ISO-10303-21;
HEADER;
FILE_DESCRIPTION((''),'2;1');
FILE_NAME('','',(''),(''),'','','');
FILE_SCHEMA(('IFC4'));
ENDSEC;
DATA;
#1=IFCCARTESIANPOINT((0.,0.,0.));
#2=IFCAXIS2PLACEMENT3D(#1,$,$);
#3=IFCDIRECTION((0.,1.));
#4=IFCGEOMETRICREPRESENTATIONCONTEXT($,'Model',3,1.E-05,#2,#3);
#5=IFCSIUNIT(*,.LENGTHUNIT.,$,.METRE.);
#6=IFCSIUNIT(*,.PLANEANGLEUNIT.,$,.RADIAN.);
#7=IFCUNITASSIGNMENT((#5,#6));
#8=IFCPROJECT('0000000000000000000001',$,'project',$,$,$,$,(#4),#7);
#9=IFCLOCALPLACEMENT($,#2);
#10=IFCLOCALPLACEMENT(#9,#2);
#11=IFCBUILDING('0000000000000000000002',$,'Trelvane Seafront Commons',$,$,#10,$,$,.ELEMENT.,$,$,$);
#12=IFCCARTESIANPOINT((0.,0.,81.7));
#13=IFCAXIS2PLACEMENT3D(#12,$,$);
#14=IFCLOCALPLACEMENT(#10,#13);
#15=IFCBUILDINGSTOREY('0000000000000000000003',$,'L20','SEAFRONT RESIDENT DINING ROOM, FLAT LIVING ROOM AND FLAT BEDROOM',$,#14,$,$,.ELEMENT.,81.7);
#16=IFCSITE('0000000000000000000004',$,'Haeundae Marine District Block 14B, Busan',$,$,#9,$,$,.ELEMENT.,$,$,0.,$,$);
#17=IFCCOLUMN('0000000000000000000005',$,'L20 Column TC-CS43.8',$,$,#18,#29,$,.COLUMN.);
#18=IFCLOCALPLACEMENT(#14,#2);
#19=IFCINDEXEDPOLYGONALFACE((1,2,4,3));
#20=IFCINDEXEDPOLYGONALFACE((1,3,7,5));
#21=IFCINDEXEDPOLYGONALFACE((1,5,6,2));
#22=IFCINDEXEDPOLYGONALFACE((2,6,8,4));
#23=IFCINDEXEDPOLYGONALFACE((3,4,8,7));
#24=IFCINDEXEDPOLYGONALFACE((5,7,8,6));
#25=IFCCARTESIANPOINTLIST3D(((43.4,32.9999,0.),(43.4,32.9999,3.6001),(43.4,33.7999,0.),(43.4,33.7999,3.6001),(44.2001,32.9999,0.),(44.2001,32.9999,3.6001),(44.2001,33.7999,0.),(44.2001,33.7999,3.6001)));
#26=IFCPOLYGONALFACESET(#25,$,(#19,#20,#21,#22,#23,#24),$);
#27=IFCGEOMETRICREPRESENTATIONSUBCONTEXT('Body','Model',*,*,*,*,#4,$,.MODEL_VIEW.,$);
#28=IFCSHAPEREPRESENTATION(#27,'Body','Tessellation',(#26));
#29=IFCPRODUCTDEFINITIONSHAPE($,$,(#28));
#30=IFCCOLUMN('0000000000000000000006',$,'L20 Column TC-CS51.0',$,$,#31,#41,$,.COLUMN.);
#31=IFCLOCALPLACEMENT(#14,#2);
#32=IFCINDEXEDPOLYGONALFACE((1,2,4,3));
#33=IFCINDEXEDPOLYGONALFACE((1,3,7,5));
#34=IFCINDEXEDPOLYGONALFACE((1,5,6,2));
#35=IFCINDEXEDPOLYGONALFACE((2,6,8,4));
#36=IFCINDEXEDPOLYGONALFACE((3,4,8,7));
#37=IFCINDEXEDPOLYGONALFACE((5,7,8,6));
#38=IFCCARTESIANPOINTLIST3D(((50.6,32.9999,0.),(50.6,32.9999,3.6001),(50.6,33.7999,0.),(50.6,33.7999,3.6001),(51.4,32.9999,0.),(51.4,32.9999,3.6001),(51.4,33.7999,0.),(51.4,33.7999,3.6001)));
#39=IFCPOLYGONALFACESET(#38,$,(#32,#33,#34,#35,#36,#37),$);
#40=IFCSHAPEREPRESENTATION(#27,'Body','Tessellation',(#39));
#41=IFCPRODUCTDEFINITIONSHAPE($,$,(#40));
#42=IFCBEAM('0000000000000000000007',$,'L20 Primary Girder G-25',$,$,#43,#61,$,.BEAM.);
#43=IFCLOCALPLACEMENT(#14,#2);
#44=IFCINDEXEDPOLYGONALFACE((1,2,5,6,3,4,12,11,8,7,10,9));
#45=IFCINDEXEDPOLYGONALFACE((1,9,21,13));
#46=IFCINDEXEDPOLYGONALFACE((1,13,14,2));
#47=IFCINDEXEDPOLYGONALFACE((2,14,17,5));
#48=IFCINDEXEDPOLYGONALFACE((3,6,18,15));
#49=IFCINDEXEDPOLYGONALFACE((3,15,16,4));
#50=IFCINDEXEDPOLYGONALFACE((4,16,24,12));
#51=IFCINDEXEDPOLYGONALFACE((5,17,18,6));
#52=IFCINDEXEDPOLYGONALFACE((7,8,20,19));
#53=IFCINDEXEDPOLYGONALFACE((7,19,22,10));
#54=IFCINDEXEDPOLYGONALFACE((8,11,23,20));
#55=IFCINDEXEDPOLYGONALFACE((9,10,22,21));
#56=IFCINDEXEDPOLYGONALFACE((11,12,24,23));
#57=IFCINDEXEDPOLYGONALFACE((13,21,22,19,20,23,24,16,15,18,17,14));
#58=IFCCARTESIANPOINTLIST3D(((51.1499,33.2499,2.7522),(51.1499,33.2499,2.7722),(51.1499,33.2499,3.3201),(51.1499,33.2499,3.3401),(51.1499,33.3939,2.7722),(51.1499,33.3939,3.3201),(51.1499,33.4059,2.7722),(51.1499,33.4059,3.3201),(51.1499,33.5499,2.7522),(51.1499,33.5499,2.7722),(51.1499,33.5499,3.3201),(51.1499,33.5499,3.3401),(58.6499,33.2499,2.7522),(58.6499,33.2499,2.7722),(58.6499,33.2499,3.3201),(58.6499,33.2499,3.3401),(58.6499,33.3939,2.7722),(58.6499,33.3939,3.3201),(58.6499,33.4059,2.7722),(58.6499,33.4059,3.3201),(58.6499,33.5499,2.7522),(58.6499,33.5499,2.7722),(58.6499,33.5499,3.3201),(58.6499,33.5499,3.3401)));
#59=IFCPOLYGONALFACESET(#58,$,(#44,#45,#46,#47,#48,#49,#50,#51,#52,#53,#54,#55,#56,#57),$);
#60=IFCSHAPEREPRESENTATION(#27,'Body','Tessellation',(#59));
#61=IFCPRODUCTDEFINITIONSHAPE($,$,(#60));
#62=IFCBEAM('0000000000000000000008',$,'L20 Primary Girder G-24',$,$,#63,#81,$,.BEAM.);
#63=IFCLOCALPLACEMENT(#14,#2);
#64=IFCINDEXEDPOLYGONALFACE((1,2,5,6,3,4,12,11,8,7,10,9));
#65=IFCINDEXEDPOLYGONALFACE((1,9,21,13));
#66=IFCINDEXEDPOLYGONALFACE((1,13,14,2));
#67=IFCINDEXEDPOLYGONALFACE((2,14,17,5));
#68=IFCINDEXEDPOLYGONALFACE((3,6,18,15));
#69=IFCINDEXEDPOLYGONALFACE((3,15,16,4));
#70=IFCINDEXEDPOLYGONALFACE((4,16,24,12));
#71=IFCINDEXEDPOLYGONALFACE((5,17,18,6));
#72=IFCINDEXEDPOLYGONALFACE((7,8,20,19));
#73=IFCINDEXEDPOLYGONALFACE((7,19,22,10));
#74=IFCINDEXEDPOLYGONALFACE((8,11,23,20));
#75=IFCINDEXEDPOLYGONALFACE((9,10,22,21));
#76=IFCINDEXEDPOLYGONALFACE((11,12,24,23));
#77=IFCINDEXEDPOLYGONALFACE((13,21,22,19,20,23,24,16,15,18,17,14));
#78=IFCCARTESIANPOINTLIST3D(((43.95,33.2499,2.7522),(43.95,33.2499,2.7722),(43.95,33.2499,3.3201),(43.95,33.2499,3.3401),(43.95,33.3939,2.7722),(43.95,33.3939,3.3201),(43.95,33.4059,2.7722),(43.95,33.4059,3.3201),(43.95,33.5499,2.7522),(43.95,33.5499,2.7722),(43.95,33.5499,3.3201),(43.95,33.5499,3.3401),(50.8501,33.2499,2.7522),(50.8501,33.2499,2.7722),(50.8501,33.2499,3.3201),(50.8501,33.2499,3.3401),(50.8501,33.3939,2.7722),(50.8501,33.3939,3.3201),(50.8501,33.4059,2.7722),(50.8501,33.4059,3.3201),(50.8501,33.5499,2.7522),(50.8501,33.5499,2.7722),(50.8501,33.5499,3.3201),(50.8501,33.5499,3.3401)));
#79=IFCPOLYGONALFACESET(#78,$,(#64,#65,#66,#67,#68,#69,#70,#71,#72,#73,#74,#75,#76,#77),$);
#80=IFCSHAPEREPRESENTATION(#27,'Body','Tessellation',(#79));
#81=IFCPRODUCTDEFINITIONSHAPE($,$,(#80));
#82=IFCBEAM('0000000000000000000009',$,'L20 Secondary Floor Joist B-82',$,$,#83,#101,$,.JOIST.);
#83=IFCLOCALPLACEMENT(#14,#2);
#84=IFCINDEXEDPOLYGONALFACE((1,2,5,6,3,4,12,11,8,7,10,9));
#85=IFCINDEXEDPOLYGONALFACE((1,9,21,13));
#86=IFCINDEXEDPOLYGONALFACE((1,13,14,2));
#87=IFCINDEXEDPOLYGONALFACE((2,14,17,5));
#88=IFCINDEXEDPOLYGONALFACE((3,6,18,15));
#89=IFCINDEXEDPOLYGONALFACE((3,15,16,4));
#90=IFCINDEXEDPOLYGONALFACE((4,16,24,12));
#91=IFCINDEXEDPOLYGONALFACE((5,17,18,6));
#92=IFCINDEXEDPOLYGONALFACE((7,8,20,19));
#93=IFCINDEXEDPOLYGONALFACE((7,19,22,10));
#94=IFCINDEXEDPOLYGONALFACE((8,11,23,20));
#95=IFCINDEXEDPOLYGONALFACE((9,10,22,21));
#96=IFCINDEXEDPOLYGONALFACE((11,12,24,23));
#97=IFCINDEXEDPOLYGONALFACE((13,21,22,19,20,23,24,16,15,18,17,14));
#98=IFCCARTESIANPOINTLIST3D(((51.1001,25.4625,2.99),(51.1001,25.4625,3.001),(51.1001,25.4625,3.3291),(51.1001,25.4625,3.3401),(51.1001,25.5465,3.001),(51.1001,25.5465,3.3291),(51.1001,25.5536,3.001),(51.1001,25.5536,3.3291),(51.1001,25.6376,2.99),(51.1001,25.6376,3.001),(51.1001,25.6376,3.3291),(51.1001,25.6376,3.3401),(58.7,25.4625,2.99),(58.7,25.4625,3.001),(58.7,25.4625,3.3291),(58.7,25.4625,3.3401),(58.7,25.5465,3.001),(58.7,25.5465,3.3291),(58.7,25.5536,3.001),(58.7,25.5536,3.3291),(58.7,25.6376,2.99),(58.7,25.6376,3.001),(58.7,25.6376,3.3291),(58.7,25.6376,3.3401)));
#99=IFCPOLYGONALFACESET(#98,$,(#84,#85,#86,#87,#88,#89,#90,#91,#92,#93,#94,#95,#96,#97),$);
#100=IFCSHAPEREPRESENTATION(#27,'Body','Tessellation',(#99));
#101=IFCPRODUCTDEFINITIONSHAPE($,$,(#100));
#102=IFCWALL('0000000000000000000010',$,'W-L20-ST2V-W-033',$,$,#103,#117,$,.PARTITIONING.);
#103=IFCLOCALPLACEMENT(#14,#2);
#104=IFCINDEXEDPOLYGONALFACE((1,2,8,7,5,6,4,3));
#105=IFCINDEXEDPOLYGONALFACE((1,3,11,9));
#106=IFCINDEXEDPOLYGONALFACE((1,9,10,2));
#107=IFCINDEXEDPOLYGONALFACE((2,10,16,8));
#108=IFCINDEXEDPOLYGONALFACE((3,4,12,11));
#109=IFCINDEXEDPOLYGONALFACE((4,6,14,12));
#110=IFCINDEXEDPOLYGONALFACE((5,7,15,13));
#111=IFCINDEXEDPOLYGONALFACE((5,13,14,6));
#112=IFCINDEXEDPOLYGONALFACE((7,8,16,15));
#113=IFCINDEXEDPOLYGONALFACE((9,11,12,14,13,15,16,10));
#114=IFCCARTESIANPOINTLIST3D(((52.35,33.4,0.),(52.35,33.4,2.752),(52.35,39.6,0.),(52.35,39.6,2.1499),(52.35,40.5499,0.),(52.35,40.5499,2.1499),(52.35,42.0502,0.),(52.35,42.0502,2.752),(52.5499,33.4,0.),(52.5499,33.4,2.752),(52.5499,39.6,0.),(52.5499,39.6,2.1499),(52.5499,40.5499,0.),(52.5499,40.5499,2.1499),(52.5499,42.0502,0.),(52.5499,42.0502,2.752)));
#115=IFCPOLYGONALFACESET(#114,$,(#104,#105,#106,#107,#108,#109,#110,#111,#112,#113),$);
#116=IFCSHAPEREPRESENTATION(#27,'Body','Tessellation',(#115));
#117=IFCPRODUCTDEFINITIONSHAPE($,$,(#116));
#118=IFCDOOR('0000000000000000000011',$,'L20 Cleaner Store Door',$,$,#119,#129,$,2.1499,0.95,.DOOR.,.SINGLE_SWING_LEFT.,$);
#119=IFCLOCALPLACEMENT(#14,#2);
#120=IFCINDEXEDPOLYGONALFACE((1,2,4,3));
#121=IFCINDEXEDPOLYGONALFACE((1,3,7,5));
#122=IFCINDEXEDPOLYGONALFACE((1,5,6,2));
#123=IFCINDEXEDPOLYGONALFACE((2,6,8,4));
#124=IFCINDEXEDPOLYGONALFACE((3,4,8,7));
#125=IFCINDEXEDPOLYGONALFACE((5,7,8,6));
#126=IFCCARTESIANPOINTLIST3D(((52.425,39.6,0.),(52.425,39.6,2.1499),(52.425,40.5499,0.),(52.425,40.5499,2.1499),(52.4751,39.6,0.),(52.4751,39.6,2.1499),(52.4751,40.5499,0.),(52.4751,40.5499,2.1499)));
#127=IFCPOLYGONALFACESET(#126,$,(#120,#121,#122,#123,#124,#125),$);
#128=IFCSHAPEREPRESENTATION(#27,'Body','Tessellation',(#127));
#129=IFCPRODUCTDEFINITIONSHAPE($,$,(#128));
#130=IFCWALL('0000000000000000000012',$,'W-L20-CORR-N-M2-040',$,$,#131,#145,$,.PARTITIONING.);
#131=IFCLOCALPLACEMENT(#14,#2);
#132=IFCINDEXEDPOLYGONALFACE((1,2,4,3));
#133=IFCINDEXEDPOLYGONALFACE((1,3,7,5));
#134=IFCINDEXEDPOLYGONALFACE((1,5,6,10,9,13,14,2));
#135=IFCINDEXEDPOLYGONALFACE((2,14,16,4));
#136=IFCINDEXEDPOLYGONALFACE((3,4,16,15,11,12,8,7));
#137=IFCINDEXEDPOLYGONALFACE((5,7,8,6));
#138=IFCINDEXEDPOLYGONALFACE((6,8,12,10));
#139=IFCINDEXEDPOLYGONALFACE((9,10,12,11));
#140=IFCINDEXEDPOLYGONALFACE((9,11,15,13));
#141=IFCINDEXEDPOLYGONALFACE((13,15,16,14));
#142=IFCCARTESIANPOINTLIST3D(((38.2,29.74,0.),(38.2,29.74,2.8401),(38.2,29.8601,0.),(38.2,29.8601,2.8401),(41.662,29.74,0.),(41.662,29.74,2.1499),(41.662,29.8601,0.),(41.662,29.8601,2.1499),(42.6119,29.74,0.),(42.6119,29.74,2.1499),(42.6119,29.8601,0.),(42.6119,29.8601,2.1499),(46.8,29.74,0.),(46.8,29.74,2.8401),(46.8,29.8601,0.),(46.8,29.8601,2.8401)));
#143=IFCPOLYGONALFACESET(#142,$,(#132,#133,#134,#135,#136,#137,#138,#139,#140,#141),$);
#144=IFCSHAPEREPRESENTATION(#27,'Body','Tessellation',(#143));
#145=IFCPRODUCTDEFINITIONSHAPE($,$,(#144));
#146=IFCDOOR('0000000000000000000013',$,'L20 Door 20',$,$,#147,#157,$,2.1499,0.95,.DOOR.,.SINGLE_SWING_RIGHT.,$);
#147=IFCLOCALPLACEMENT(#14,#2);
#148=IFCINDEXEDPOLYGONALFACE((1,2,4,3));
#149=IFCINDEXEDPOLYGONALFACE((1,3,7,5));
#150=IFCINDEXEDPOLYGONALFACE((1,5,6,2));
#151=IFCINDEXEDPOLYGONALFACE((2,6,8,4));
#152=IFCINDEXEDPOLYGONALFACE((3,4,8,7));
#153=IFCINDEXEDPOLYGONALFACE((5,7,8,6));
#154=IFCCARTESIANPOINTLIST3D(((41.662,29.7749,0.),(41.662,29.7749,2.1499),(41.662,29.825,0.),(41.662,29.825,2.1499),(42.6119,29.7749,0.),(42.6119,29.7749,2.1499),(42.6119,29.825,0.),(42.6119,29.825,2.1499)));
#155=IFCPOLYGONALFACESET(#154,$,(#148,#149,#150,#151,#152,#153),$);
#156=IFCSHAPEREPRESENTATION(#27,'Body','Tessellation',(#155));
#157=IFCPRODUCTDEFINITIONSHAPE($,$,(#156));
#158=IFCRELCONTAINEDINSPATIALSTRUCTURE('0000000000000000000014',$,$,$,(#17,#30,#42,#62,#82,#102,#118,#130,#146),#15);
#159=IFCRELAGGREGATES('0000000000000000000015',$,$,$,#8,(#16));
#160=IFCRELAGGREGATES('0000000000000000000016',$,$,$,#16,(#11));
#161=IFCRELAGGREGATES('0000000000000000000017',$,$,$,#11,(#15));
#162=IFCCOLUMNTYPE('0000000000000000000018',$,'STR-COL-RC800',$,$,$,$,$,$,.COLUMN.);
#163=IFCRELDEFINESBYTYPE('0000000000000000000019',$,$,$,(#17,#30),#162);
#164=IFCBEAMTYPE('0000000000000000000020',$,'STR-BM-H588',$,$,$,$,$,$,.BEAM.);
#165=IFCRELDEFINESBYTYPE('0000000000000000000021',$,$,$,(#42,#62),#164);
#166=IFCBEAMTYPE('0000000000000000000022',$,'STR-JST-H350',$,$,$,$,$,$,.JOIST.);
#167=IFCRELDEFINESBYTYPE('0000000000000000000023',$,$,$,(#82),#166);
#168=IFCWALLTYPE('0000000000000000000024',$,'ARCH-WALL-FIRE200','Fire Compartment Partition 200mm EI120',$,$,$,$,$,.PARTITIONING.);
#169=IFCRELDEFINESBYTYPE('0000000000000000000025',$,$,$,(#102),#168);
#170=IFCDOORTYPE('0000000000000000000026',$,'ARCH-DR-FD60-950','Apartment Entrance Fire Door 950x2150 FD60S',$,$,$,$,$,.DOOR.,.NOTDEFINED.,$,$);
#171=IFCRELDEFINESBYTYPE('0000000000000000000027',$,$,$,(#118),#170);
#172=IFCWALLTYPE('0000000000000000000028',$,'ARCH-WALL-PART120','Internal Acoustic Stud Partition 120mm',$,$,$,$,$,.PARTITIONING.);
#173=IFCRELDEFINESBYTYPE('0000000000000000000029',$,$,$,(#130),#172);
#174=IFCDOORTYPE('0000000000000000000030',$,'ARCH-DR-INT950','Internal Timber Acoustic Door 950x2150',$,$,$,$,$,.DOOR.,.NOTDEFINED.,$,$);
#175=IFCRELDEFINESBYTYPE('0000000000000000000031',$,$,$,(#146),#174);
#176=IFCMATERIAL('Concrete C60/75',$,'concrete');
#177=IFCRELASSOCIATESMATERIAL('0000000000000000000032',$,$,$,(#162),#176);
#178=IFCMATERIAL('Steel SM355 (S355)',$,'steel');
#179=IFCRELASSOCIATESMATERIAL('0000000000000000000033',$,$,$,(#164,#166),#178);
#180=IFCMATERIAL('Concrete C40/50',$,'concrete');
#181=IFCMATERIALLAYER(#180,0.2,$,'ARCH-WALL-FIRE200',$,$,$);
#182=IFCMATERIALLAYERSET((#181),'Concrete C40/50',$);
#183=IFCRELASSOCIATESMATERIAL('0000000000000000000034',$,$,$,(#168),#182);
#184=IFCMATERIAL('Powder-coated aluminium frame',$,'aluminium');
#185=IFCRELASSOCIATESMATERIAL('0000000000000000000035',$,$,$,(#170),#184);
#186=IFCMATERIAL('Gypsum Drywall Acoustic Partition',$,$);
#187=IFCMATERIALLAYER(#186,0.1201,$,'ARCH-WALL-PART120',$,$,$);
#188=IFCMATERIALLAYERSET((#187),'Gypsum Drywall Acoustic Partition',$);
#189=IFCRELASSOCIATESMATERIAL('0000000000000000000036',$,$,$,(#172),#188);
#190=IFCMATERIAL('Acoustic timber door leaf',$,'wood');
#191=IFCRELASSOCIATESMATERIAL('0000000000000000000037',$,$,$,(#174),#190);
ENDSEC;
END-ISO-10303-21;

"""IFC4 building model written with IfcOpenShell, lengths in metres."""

from ifc_helpers import new_model, si_unit, direction, frame, frame_2d, origin, origin_2d, place, context, subcontext, project, spatial, rectangle, i_section, extrude, source, transform, mapped, material, layer, layer_set, material_profile, profile_set, type_object, element, fill, save


model = new_model("IFC4")

# Units and contexts
model_context = context("Model", 3, precision=1e-05, world=origin(), true_north=direction((0.0, 1.0)))
body_context = subcontext(model_context, "Body", "Model", "MODEL_VIEW")
ifc_project = project(units=[si_unit("LENGTHUNIT", "METRE"), si_unit("PLANEANGLEUNIT", "RADIAN")], contexts=[model_context])

# Site, building, storey
site_placement = place(None, origin())
site = spatial("IfcSite", under=ifc_project, at=site_placement, Name="Haeundae Marine District Block 14B, Busan", CompositionType="ELEMENT", RefElevation=0.0)
building_placement = place(site_placement, origin())
building = spatial("IfcBuilding", under=site, at=building_placement, Name="Trelvane Seafront Commons", CompositionType="ELEMENT")
storey_placement = place(building_placement, frame((0.0, 0.0, 81.7)))
storey = spatial("IfcBuildingStorey", under=building, at=storey_placement, Name="L20", Description="SEAFRONT RESIDENT DINING ROOM, FLAT LIVING ROOM AND FLAT BEDROOM", CompositionType="ELEMENT", Elevation=81.7)

# Columns
ifc_material_1 = material(Name="Concrete C60/75", Category="concrete")
ifc_material_profile_1 = material_profile(ifc_material_1, rectangle(XDim=0.8, YDim=0.8, at=origin_2d()), Name="RC-800x800")
ifc_profile_set_1 = profile_set([ifc_material_profile_1], Name="Concrete C60/75")
column_type = type_object("IfcColumnType", Name="STR-COL-RC800", PredefinedType="COLUMN", material=ifc_profile_set_1)
shared_shape_1 = source(origin(), body_context, "Body", "SweptSolid", [
    extrude(rectangle(XDim=0.8, YDim=0.8, at=origin_2d()), origin(), (0.0, 0.0, 1.0), 3.6001),
])
for number, where, z_axis, x_axis, name in (
    (1, (43.8, 33.3999, 0.0), (0.0, 0.0, 1.0), (1.0, 0.0, 0.0), "L20 Column TC-CS43.8"),
    (2, (51.0, 33.3999, 0.0), (0.0, 0.0, 1.0), (1.0, 0.0, 0.0), "L20 Column TC-CS51.0"),
):
    element("IfcColumn", number, at=place(storey_placement, frame(where, z_axis=z_axis, x_axis=x_axis)), inside=storey, type_object=column_type, Name=name, PredefinedType="COLUMN", context=body_context, shape_type="MappedRepresentation", body=[
        mapped(shared_shape_1, transform((0.0, 0.0, 0.0), x_axis=(1.0, 0.0, 0.0), y_axis=(0.0, 1.0, 0.0), z_axis=(0.0, 0.0, 1.0), scale=1.0)),
    ])

# Beams
ifc_material_2 = material(Name="Steel SM355 (S355)", Category="steel")
ifc_material_profile_2 = material_profile(ifc_material_2, i_section(OverallWidth=0.3, OverallDepth=0.5879, WebThickness=0.012, FlangeThickness=0.02, at=origin_2d()), Name="H-588x300x12x20")
ifc_profile_set_2 = profile_set([ifc_material_profile_2], Name="Steel SM355 (S355)")
beam_type_1 = type_object("IfcBeamType", Name="STR-BM-H588", PredefinedType="BEAM", material=ifc_profile_set_2)
shared_shape_2 = source(origin(), body_context, "Body", "SweptSolid", [
    extrude(i_section(OverallWidth=0.3, OverallDepth=0.5879, WebThickness=0.012, FlangeThickness=0.02, at=origin_2d()), origin(), (0.0, 0.0, 1.0), 7.5),
])
beam_1_placement = place(storey_placement, frame((51.1499, 33.3999, 3.0461), z_axis=(1.0, 0.0, 0.0), x_axis=(0.0, 1.0, 0.0)))
element("IfcBeam", 3, at=beam_1_placement, inside=storey, type_object=beam_type_1, Name="L20 Primary Girder G-25", PredefinedType="BEAM", context=body_context, shape_type="MappedRepresentation", body=[
    mapped(shared_shape_2, transform((0.0, 0.0, 0.0), x_axis=(1.0, 0.0, 0.0), y_axis=(0.0, 1.0, 0.0), z_axis=(0.0, 0.0, 1.0), scale=1.0)),
])
shared_shape_3 = source(origin(), body_context, "Body", "SweptSolid", [
    extrude(i_section(OverallWidth=0.3, OverallDepth=0.5879, WebThickness=0.012, FlangeThickness=0.02, at=origin_2d()), origin(), (0.0, 0.0, 1.0), 6.9001),
])
beam_2_placement = place(storey_placement, frame((43.95, 33.3999, 3.0461), z_axis=(1.0, 0.0, 0.0), x_axis=(0.0, 1.0, 0.0)))
element("IfcBeam", 4, at=beam_2_placement, inside=storey, type_object=beam_type_1, Name="L20 Primary Girder G-24", PredefinedType="BEAM", context=body_context, shape_type="MappedRepresentation", body=[
    mapped(shared_shape_3, transform((0.0, 0.0, 0.0), x_axis=(1.0, 0.0, 0.0), y_axis=(0.0, 1.0, 0.0), z_axis=(0.0, 0.0, 1.0), scale=1.0)),
])
ifc_material_profile_3 = material_profile(ifc_material_2, i_section(OverallWidth=0.175, OverallDepth=0.3501, WebThickness=0.0071, FlangeThickness=0.011, at=origin_2d()), Name="H-350x175x7x11")
ifc_profile_set_3 = profile_set([ifc_material_profile_3], Name="Steel SM355 (S355)")
beam_type_2 = type_object("IfcBeamType", Name="STR-JST-H350", PredefinedType="JOIST", material=ifc_profile_set_3)
shared_shape_4 = source(origin(), body_context, "Body", "SweptSolid", [
    extrude(i_section(OverallWidth=0.175, OverallDepth=0.3501, WebThickness=0.0071, FlangeThickness=0.011, at=origin_2d()), origin(), (0.0, 0.0, 1.0), 7.5999),
])
beam_3_placement = place(storey_placement, frame((51.1001, 25.55, 3.165), z_axis=(1.0, 0.0, 0.0), x_axis=(0.0, 1.0, 0.0)))
element("IfcBeam", 5, at=beam_3_placement, inside=storey, type_object=beam_type_2, Name="L20 Secondary Floor Joist B-82", PredefinedType="JOIST", context=body_context, shape_type="MappedRepresentation", body=[
    mapped(shared_shape_4, transform((0.0, 0.0, 0.0), x_axis=(1.0, 0.0, 0.0), y_axis=(0.0, 1.0, 0.0), z_axis=(0.0, 0.0, 1.0), scale=1.0)),
])

# Wall, opening, door
ifc_material_3 = material(Name="Concrete C40/50", Category="concrete")
ifc_layer_1 = layer(ifc_material_3, 0.2, Name="ARCH-WALL-FIRE200")
ifc_layer_set_1 = layer_set([ifc_layer_1], Name="Concrete C40/50")
wall_type_1 = type_object("IfcWallType", Name="ARCH-WALL-FIRE200", Description="Fire Compartment Partition 200mm EI120", PredefinedType="PARTITIONING", material=ifc_layer_set_1)
wall_1_placement = place(storey_placement, frame((52.45, 33.3999, 0.0), z_axis=(0.0, 0.0, 1.0), x_axis=(0.0, 1.0, 0.0)))
wall_1 = element("IfcWall", 6, at=wall_1_placement, inside=storey, type_object=wall_type_1, Name="W-L20-ST2V-W-033", PredefinedType="PARTITIONING", context=body_context, shape_type="SweptSolid", body=[
    extrude(rectangle(XDim=8.6501, YDim=0.2, at=frame_2d((4.3252, 0.0))), origin(), (0.0, 0.0, 1.0), 2.752),
])
opening_1_placement = place(wall_1_placement, frame((6.2, 0.0, 0.0)))
opening_1 = element("IfcOpeningElement", 7, at=opening_1_placement, cuts=wall_1, PredefinedType="OPENING", context=body_context, shape_type="SweptSolid", body=[
    extrude(rectangle(XDim=0.95, YDim=2.1499, at=frame_2d((0.4751, 1.075))), frame((0.0, 0.1099, 0.0), z_axis=(0.0, -1.0, 0.0), x_axis=(1.0, 0.0, 0.0)), (0.0, 0.0, 1.0), 0.22),
])
ifc_material_4 = material(Name="Powder-coated aluminium frame", Category="aluminium")
door_type_1 = type_object("IfcDoorType", Name="ARCH-DR-FD60-950", Description="Apartment Entrance Fire Door 950x2150 FD60S", OperationType="NOTDEFINED", PredefinedType="DOOR", material=ifc_material_4)
shared_shape_5 = source(origin(), body_context, "Body", "SweptSolid", [
    extrude(rectangle(XDim=0.95, YDim=2.1499, at=frame_2d((0.4751, 1.075))), frame((0.0, 0.0249, 0.0), z_axis=(0.0, -1.0, 0.0), x_axis=(1.0, 0.0, 0.0)), (0.0, 0.0, 1.0), 0.05),
])
door_1_placement = place(opening_1_placement, origin())
door_1 = element("IfcDoor", 8, at=door_1_placement, inside=storey, type_object=door_type_1, Name="L20 Cleaner Store Door", OperationType="SINGLE_SWING_LEFT", OverallHeight=2.1499, OverallWidth=0.95, PredefinedType="DOOR", context=body_context, shape_type="MappedRepresentation", body=[
    mapped(shared_shape_5, transform((0.0, 0.0, 0.0), x_axis=(1.0, 0.0, 0.0), y_axis=(0.0, 1.0, 0.0), z_axis=(0.0, 0.0, 1.0), scale=1.0)),
])
fill(opening_1, door_1)

# Wall, opening, door
ifc_material_5 = material(Name="Gypsum Drywall Acoustic Partition")
ifc_layer_2 = layer(ifc_material_5, 0.1201, Name="ARCH-WALL-PART120")
ifc_layer_set_2 = layer_set([ifc_layer_2], Name="Gypsum Drywall Acoustic Partition")
wall_type_2 = type_object("IfcWallType", Name="ARCH-WALL-PART120", Description="Internal Acoustic Stud Partition 120mm", PredefinedType="PARTITIONING", material=ifc_layer_set_2)
wall_2_placement = place(storey_placement, frame((38.2, 29.8, 0.0), z_axis=(0.0, 0.0, 1.0), x_axis=(1.0, 0.0, 0.0)))
wall_2 = element("IfcWall", 9, at=wall_2_placement, inside=storey, type_object=wall_type_2, Name="W-L20-CORR-N-M2-040", PredefinedType="PARTITIONING", context=body_context, shape_type="SweptSolid", body=[
    extrude(rectangle(XDim=8.6001, YDim=0.1201, at=frame_2d((4.3, 0.0))), origin(), (0.0, 0.0, 1.0), 2.8401),
])
opening_2_placement = place(wall_2_placement, frame((3.4619, 0.0, 0.0)))
opening_2 = element("IfcOpeningElement", 10, at=opening_2_placement, cuts=wall_2, PredefinedType="OPENING", context=body_context, shape_type="SweptSolid", body=[
    extrude(rectangle(XDim=0.95, YDim=2.1499, at=frame_2d((0.4751, 1.075))), frame((0.0, 0.0701, 0.0), z_axis=(0.0, -1.0, 0.0), x_axis=(1.0, 0.0, 0.0)), (0.0, 0.0, 1.0), 0.1401),
])
ifc_material_6 = material(Name="Acoustic timber door leaf", Category="wood")
door_type_2 = type_object("IfcDoorType", Name="ARCH-DR-INT950", Description="Internal Timber Acoustic Door 950x2150", OperationType="NOTDEFINED", PredefinedType="DOOR", material=ifc_material_6)
door_2_placement = place(opening_2_placement, origin())
door_2 = element("IfcDoor", 11, at=door_2_placement, inside=storey, type_object=door_type_2, Name="L20 Door 20", OperationType="SINGLE_SWING_RIGHT", OverallHeight=2.1499, OverallWidth=0.95, PredefinedType="DOOR", context=body_context, shape_type="MappedRepresentation", body=[
    mapped(shared_shape_5, transform((0.0, 0.0, 0.0), x_axis=(1.0, 0.0, 0.0), y_axis=(0.0, 1.0, 0.0), z_axis=(0.0, 0.0, 1.0), scale=1.0)),
])
fill(opening_2, door_2)

save(model, "model.ifc")
